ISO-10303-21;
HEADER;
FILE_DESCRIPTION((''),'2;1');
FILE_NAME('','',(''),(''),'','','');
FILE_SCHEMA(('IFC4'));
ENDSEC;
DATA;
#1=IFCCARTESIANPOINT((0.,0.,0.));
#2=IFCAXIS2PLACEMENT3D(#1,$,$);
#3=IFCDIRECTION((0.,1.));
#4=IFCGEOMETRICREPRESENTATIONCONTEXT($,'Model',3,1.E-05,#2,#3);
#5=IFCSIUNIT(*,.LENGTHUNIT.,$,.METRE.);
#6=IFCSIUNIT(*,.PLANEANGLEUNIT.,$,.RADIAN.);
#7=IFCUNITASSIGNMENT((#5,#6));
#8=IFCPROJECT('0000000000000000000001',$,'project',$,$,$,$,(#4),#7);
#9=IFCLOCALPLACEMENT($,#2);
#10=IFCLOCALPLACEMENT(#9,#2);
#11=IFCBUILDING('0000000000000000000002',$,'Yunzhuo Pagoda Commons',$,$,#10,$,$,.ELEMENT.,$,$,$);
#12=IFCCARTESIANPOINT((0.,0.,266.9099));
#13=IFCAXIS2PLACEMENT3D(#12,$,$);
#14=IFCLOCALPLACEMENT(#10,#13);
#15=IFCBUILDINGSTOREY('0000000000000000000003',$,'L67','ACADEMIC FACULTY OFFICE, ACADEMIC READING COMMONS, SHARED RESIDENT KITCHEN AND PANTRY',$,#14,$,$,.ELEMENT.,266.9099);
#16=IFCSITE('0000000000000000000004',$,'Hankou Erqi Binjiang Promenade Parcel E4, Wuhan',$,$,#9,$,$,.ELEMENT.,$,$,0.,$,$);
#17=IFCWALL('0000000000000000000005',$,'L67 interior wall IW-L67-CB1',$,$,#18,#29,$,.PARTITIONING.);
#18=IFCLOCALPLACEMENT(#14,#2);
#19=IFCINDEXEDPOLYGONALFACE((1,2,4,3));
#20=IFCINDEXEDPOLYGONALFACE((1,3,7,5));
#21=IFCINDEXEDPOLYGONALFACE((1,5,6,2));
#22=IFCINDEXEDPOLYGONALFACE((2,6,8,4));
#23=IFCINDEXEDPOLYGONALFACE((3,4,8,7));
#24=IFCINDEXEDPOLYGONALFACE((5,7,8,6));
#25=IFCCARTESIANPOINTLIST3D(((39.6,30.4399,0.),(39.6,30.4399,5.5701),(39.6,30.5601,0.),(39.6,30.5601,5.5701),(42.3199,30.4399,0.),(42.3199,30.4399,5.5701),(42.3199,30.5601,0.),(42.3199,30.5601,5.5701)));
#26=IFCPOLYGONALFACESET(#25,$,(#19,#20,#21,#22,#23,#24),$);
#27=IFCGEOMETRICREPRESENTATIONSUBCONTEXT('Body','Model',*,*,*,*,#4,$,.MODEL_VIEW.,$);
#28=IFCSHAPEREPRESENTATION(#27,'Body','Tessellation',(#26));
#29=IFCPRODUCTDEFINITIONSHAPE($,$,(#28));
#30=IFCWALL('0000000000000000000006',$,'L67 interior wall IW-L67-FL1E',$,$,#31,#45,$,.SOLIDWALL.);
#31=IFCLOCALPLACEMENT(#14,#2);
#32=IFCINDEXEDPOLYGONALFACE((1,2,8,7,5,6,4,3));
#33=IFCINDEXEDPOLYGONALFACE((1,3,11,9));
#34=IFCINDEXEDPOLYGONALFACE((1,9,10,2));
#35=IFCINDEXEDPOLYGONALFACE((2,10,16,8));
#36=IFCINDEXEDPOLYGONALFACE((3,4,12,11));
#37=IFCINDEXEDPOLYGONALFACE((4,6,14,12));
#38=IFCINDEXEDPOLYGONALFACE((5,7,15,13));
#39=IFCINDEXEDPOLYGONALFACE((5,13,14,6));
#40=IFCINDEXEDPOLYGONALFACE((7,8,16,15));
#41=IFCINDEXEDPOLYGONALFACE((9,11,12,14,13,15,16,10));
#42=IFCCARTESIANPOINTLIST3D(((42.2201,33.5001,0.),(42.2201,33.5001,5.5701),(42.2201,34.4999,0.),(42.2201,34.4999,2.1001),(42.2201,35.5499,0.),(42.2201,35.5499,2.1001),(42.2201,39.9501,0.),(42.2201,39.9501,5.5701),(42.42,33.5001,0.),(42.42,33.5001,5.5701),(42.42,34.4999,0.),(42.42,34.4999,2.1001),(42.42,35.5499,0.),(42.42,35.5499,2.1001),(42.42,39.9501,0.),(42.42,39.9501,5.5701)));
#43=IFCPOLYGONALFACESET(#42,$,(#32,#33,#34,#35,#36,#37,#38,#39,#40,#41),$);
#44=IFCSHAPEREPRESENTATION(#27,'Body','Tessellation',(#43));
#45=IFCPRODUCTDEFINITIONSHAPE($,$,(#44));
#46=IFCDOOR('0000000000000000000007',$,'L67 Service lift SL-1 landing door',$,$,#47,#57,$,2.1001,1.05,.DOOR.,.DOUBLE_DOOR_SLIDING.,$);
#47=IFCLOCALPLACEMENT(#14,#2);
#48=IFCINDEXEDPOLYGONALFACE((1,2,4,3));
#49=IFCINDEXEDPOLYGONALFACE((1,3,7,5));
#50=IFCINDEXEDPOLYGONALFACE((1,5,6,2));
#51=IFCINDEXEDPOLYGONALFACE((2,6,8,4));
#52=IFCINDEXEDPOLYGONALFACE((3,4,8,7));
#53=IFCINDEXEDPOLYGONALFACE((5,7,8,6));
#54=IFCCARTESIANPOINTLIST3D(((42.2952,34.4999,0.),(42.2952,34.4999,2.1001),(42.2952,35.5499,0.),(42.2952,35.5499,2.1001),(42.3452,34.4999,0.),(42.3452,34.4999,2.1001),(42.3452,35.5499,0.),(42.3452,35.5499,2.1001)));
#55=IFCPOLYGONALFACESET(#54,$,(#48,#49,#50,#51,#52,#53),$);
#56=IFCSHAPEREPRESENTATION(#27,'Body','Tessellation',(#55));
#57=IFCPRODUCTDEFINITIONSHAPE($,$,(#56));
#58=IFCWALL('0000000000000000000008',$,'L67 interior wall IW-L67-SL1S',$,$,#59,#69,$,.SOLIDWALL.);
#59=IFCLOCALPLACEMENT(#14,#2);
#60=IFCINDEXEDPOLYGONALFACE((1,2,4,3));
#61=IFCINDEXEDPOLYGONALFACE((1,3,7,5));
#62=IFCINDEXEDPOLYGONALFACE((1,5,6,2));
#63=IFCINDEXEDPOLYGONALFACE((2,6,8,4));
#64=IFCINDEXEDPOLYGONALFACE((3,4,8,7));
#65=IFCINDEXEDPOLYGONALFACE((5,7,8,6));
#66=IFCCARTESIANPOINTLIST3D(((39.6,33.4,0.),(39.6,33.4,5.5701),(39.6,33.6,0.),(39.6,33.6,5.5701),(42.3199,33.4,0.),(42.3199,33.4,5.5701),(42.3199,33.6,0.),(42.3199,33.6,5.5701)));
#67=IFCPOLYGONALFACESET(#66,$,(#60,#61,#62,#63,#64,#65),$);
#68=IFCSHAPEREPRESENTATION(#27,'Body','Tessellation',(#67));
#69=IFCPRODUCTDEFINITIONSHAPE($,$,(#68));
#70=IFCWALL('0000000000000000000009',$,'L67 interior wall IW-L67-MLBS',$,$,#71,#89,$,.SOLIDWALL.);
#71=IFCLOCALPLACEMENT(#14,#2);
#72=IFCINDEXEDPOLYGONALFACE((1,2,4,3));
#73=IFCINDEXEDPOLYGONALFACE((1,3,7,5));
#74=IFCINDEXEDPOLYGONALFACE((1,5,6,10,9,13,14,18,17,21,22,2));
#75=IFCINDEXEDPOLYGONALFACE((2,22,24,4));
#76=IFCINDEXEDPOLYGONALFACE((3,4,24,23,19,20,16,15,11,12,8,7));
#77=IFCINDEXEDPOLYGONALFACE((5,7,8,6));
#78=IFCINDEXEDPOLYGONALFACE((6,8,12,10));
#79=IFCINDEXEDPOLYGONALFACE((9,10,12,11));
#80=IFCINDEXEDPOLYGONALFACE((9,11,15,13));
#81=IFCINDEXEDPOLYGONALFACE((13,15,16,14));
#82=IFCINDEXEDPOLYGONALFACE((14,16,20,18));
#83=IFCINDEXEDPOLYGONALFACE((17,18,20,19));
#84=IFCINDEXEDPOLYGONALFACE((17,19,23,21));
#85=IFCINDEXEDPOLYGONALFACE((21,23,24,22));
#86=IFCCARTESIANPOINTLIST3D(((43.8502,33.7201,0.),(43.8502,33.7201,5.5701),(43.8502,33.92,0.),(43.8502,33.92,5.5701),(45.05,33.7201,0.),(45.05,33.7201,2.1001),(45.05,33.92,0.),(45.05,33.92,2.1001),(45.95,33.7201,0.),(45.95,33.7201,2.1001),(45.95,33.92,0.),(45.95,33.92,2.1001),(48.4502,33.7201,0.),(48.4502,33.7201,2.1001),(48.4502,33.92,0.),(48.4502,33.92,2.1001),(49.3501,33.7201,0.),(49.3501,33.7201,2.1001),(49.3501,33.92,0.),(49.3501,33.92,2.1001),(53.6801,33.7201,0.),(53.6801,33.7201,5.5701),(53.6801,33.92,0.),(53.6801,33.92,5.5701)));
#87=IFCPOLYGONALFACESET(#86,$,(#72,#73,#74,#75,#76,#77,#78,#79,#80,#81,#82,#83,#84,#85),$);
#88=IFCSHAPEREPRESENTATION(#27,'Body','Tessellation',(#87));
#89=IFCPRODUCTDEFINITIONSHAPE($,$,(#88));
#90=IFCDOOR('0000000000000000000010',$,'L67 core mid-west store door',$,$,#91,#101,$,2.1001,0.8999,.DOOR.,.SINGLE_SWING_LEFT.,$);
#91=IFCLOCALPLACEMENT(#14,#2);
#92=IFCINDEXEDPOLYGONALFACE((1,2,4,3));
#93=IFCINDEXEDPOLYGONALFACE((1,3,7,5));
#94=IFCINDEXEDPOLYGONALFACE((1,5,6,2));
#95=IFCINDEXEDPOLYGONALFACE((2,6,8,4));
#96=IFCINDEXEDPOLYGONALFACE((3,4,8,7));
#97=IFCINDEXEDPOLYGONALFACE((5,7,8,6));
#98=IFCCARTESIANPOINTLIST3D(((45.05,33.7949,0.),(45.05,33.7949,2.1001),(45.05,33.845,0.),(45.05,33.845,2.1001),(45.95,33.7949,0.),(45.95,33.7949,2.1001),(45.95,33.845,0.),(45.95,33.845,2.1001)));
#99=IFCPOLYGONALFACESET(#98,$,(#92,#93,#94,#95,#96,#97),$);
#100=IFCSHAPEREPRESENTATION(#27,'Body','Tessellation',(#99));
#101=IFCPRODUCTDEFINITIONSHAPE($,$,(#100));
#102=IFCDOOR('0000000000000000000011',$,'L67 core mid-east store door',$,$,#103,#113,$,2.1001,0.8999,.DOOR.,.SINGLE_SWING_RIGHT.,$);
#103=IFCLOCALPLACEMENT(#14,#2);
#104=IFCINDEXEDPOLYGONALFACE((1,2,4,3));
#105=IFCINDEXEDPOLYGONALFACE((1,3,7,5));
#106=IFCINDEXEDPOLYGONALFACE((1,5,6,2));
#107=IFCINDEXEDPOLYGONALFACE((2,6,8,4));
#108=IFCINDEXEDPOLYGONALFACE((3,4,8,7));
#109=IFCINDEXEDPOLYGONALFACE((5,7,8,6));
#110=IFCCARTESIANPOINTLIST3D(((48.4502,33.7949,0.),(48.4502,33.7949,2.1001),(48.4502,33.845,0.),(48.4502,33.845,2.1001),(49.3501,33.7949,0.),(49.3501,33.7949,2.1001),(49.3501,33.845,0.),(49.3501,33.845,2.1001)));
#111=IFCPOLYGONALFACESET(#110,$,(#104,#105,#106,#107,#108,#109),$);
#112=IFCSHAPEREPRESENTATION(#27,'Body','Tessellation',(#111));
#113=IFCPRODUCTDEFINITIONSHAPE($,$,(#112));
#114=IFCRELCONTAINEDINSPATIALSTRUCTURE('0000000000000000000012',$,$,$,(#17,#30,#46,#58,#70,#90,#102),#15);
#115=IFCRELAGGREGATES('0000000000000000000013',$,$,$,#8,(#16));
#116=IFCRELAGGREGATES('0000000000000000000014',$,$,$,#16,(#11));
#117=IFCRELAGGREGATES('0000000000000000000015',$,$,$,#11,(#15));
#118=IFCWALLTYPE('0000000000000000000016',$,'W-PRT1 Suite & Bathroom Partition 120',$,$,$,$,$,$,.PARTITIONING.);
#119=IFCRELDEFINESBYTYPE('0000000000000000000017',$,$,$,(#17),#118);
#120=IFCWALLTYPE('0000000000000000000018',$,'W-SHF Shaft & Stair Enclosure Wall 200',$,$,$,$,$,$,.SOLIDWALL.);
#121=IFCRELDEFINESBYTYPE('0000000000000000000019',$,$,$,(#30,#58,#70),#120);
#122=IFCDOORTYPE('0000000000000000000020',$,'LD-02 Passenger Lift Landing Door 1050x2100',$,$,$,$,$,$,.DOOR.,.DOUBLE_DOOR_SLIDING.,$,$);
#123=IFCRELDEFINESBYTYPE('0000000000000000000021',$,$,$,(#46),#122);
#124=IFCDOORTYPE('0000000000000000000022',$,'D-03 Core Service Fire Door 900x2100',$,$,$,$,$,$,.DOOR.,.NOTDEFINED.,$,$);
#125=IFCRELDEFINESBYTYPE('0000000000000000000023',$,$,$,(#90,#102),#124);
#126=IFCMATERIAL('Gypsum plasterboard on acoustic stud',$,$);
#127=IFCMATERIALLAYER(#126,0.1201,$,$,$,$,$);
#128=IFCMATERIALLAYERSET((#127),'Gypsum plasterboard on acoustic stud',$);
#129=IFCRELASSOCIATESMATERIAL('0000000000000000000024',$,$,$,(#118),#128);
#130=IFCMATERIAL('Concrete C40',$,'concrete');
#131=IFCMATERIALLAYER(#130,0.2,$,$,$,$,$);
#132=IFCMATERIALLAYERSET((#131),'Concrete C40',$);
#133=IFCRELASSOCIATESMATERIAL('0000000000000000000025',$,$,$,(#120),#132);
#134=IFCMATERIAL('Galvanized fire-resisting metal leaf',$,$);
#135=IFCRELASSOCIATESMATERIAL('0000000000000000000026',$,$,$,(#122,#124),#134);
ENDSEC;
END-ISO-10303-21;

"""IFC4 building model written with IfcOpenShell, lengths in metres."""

from ifc_helpers import new_model, si_unit, direction, frame, frame_2d, origin, origin_with_axes, place, context, subcontext, project, spatial, rectangle, extrude, source, transform, mapped, material, layer, layer_set, type_object, element, fill, save


model = new_model("IFC4")

# Units and contexts
model_context = context("Model", 3, precision=1e-05, world=origin(), true_north=direction((0.0, 1.0)))
body_context = subcontext(model_context, "Body", "Model", "MODEL_VIEW")
ifc_project = project(units=[si_unit("LENGTHUNIT", "METRE"), si_unit("PLANEANGLEUNIT", "RADIAN")], contexts=[model_context])

# Site, building, storey
site_placement = place(None, origin())
site = spatial("IfcSite", under=ifc_project, at=site_placement, Name="Hankou Erqi Binjiang Promenade Parcel E4, Wuhan", CompositionType="ELEMENT", RefElevation=0.0)
building_placement = place(site_placement, origin())
building = spatial("IfcBuilding", under=site, at=building_placement, Name="Yunzhuo Pagoda Commons", CompositionType="ELEMENT")
storey_placement = place(building_placement, frame((0.0, 0.0, 266.9099)))
storey = spatial("IfcBuildingStorey", under=building, at=storey_placement, Name="L67", Description="ACADEMIC FACULTY OFFICE, ACADEMIC READING COMMONS, SHARED RESIDENT KITCHEN AND PANTRY", CompositionType="ELEMENT", Elevation=266.9099)

# Wall
ifc_material_1 = material(Name="Gypsum plasterboard on acoustic stud")
ifc_layer_1 = layer(ifc_material_1, 0.1201)
ifc_layer_set_1 = layer_set([ifc_layer_1], Name="Gypsum plasterboard on acoustic stud")
wall_type_1 = type_object("IfcWallType", Name="W-PRT1 Suite & Bathroom Partition 120", PredefinedType="PARTITIONING", material=ifc_layer_set_1)
wall_1_placement = place(storey_placement, frame((39.6001, 30.5, 0.0), z_axis=(0.0, 0.0, 1.0), x_axis=(1.0, 0.0, 0.0)))
element("IfcWall", 1, at=wall_1_placement, inside=storey, type_object=wall_type_1, Name="L67 interior wall IW-L67-CB1", PredefinedType="PARTITIONING", context=body_context, shape_type="SweptSolid", body=[
    extrude(rectangle(XDim=2.72, YDim=0.1201, at=frame_2d((1.3599, 0.0))), origin(), (0.0, 0.0, 1.0), 5.5701),
])

# Wall, opening, door
ifc_material_2 = material(Name="Concrete C40", Category="concrete")
ifc_layer_2 = layer(ifc_material_2, 0.2)
ifc_layer_set_2 = layer_set([ifc_layer_2], Name="Concrete C40")
wall_type_2 = type_object("IfcWallType", Name="W-SHF Shaft & Stair Enclosure Wall 200", PredefinedType="SOLIDWALL", material=ifc_layer_set_2)
wall_2_placement = place(storey_placement, frame((42.3201, 33.5, 0.0), z_axis=(0.0, 0.0, 1.0), x_axis=(0.0, 1.0, 0.0)))
wall_2 = element("IfcWall", 2, at=wall_2_placement, inside=storey, type_object=wall_type_2, Name="L67 interior wall IW-L67-FL1E", PredefinedType="SOLIDWALL", context=body_context, shape_type="SweptSolid", body=[
    extrude(rectangle(XDim=6.45, YDim=0.2, at=frame_2d((3.2251, 0.0))), origin(), (0.0, 0.0, 1.0), 5.5701),
])
opening_1_placement = place(wall_2_placement, frame((1.0, 0.0, 0.0)))
opening_1 = element("IfcOpeningElement", 3, at=opening_1_placement, cuts=wall_2, PredefinedType="OPENING", context=body_context, shape_type="SweptSolid", body=[
    extrude(rectangle(XDim=1.05, YDim=2.1001, at=frame_2d((0.5249, 1.05))), frame((0.0, 0.1099, 0.0), z_axis=(0.0, -1.0, 0.0), x_axis=(1.0, 0.0, 0.0)), (0.0, 0.0, 1.0), 0.22),
])
ifc_material_3 = material(Name="Galvanized fire-resisting metal leaf")
door_type_1 = type_object("IfcDoorType", Name="LD-02 Passenger Lift Landing Door 1050x2100", OperationType="DOUBLE_DOOR_SLIDING", PredefinedType="DOOR", material=ifc_material_3)
shared_shape_1 = source(origin(), body_context, "Body", "SweptSolid", [
    extrude(rectangle(XDim=1.05, YDim=2.1001, at=frame_2d((0.5249, 1.05))), frame((0.0, 0.0249, 0.0), z_axis=(0.0, -1.0, 0.0), x_axis=(1.0, 0.0, 0.0)), (0.0, 0.0, 1.0), 0.05),
])
door_1_placement = place(opening_1_placement, origin_with_axes())
door_1 = element("IfcDoor", 4, at=door_1_placement, inside=storey, type_object=door_type_1, Name="L67 Service lift SL-1 landing door", OperationType="DOUBLE_DOOR_SLIDING", OverallHeight=2.1001, OverallWidth=1.05, PredefinedType="DOOR", context=body_context, shape_type="MappedRepresentation", body=[
    mapped(shared_shape_1, transform((0.0, 0.0, 0.0), scale=1.0)),
])
fill(opening_1, door_1)

# Wall
wall_3_placement = place(storey_placement, frame((39.6001, 33.5, 0.0), z_axis=(0.0, 0.0, 1.0), x_axis=(1.0, 0.0, 0.0)))
element("IfcWall", 5, at=wall_3_placement, inside=storey, type_object=wall_type_2, Name="L67 interior wall IW-L67-SL1S", PredefinedType="SOLIDWALL", context=body_context, shape_type="SweptSolid", body=[
    extrude(rectangle(XDim=2.72, YDim=0.2, at=frame_2d((1.3599, 0.0))), origin(), (0.0, 0.0, 1.0), 5.5701),
])

# Wall, openings, doors
wall_4_placement = place(storey_placement, frame((43.8501, 33.8201, 0.0), z_axis=(0.0, 0.0, 1.0), x_axis=(1.0, 0.0, 0.0)))
wall_4 = element("IfcWall", 6, at=wall_4_placement, inside=storey, type_object=wall_type_2, Name="L67 interior wall IW-L67-MLBS", PredefinedType="SOLIDWALL", context=body_context, shape_type="SweptSolid", body=[
    extrude(rectangle(XDim=9.8298, YDim=0.2, at=frame_2d((4.915, 0.0))), origin(), (0.0, 0.0, 1.0), 5.5701),
])
opening_2_placement = place(wall_4_placement, frame((1.2, 0.0, 0.0)))
opening_2 = element("IfcOpeningElement", 7, at=opening_2_placement, cuts=wall_4, PredefinedType="OPENING", context=body_context, shape_type="SweptSolid", body=[
    extrude(rectangle(XDim=0.8999, YDim=2.1001, at=frame_2d((0.45, 1.05))), frame((0.0, 0.1099, 0.0), z_axis=(0.0, -1.0, 0.0), x_axis=(1.0, 0.0, 0.0)), (0.0, 0.0, 1.0), 0.22),
])
opening_3_placement = place(wall_4_placement, frame((4.6001, 0.0, 0.0)))
opening_3 = element("IfcOpeningElement", 8, at=opening_3_placement, cuts=wall_4, PredefinedType="OPENING", context=body_context, shape_type="SweptSolid", body=[
    extrude(rectangle(XDim=0.8999, YDim=2.1001, at=frame_2d((0.45, 1.05))), frame((0.0, 0.1099, 0.0), z_axis=(0.0, -1.0, 0.0), x_axis=(1.0, 0.0, 0.0)), (0.0, 0.0, 1.0), 0.22),
])
door_type_2 = type_object("IfcDoorType", Name="D-03 Core Service Fire Door 900x2100", OperationType="NOTDEFINED", PredefinedType="DOOR", material=ifc_material_3)
shared_shape_2 = source(origin(), body_context, "Body", "SweptSolid", [
    extrude(rectangle(XDim=0.8999, YDim=2.1001, at=frame_2d((0.45, 1.05))), frame((0.0, 0.0249, 0.0), z_axis=(0.0, -1.0, 0.0), x_axis=(1.0, 0.0, 0.0)), (0.0, 0.0, 1.0), 0.05),
])
door_2_placement = place(opening_2_placement, origin_with_axes())
door_2 = element("IfcDoor", 9, at=door_2_placement, inside=storey, type_object=door_type_2, Name="L67 core mid-west store door", OperationType="SINGLE_SWING_LEFT", OverallHeight=2.1001, OverallWidth=0.8999, PredefinedType="DOOR", context=body_context, shape_type="MappedRepresentation", body=[
    mapped(shared_shape_2, transform((0.0, 0.0, 0.0), scale=1.0)),
])
fill(opening_2, door_2)
door_3_placement = place(opening_3_placement, origin_with_axes())
door_3 = element("IfcDoor", 10, at=door_3_placement, inside=storey, type_object=door_type_2, Name="L67 core mid-east store door", OperationType="SINGLE_SWING_RIGHT", OverallHeight=2.1001, OverallWidth=0.8999, PredefinedType="DOOR", context=body_context, shape_type="MappedRepresentation", body=[
    mapped(shared_shape_2, transform((0.0, 0.0, 0.0), scale=1.0)),
])
fill(opening_3, door_3)

save(model, "model.ifc")
